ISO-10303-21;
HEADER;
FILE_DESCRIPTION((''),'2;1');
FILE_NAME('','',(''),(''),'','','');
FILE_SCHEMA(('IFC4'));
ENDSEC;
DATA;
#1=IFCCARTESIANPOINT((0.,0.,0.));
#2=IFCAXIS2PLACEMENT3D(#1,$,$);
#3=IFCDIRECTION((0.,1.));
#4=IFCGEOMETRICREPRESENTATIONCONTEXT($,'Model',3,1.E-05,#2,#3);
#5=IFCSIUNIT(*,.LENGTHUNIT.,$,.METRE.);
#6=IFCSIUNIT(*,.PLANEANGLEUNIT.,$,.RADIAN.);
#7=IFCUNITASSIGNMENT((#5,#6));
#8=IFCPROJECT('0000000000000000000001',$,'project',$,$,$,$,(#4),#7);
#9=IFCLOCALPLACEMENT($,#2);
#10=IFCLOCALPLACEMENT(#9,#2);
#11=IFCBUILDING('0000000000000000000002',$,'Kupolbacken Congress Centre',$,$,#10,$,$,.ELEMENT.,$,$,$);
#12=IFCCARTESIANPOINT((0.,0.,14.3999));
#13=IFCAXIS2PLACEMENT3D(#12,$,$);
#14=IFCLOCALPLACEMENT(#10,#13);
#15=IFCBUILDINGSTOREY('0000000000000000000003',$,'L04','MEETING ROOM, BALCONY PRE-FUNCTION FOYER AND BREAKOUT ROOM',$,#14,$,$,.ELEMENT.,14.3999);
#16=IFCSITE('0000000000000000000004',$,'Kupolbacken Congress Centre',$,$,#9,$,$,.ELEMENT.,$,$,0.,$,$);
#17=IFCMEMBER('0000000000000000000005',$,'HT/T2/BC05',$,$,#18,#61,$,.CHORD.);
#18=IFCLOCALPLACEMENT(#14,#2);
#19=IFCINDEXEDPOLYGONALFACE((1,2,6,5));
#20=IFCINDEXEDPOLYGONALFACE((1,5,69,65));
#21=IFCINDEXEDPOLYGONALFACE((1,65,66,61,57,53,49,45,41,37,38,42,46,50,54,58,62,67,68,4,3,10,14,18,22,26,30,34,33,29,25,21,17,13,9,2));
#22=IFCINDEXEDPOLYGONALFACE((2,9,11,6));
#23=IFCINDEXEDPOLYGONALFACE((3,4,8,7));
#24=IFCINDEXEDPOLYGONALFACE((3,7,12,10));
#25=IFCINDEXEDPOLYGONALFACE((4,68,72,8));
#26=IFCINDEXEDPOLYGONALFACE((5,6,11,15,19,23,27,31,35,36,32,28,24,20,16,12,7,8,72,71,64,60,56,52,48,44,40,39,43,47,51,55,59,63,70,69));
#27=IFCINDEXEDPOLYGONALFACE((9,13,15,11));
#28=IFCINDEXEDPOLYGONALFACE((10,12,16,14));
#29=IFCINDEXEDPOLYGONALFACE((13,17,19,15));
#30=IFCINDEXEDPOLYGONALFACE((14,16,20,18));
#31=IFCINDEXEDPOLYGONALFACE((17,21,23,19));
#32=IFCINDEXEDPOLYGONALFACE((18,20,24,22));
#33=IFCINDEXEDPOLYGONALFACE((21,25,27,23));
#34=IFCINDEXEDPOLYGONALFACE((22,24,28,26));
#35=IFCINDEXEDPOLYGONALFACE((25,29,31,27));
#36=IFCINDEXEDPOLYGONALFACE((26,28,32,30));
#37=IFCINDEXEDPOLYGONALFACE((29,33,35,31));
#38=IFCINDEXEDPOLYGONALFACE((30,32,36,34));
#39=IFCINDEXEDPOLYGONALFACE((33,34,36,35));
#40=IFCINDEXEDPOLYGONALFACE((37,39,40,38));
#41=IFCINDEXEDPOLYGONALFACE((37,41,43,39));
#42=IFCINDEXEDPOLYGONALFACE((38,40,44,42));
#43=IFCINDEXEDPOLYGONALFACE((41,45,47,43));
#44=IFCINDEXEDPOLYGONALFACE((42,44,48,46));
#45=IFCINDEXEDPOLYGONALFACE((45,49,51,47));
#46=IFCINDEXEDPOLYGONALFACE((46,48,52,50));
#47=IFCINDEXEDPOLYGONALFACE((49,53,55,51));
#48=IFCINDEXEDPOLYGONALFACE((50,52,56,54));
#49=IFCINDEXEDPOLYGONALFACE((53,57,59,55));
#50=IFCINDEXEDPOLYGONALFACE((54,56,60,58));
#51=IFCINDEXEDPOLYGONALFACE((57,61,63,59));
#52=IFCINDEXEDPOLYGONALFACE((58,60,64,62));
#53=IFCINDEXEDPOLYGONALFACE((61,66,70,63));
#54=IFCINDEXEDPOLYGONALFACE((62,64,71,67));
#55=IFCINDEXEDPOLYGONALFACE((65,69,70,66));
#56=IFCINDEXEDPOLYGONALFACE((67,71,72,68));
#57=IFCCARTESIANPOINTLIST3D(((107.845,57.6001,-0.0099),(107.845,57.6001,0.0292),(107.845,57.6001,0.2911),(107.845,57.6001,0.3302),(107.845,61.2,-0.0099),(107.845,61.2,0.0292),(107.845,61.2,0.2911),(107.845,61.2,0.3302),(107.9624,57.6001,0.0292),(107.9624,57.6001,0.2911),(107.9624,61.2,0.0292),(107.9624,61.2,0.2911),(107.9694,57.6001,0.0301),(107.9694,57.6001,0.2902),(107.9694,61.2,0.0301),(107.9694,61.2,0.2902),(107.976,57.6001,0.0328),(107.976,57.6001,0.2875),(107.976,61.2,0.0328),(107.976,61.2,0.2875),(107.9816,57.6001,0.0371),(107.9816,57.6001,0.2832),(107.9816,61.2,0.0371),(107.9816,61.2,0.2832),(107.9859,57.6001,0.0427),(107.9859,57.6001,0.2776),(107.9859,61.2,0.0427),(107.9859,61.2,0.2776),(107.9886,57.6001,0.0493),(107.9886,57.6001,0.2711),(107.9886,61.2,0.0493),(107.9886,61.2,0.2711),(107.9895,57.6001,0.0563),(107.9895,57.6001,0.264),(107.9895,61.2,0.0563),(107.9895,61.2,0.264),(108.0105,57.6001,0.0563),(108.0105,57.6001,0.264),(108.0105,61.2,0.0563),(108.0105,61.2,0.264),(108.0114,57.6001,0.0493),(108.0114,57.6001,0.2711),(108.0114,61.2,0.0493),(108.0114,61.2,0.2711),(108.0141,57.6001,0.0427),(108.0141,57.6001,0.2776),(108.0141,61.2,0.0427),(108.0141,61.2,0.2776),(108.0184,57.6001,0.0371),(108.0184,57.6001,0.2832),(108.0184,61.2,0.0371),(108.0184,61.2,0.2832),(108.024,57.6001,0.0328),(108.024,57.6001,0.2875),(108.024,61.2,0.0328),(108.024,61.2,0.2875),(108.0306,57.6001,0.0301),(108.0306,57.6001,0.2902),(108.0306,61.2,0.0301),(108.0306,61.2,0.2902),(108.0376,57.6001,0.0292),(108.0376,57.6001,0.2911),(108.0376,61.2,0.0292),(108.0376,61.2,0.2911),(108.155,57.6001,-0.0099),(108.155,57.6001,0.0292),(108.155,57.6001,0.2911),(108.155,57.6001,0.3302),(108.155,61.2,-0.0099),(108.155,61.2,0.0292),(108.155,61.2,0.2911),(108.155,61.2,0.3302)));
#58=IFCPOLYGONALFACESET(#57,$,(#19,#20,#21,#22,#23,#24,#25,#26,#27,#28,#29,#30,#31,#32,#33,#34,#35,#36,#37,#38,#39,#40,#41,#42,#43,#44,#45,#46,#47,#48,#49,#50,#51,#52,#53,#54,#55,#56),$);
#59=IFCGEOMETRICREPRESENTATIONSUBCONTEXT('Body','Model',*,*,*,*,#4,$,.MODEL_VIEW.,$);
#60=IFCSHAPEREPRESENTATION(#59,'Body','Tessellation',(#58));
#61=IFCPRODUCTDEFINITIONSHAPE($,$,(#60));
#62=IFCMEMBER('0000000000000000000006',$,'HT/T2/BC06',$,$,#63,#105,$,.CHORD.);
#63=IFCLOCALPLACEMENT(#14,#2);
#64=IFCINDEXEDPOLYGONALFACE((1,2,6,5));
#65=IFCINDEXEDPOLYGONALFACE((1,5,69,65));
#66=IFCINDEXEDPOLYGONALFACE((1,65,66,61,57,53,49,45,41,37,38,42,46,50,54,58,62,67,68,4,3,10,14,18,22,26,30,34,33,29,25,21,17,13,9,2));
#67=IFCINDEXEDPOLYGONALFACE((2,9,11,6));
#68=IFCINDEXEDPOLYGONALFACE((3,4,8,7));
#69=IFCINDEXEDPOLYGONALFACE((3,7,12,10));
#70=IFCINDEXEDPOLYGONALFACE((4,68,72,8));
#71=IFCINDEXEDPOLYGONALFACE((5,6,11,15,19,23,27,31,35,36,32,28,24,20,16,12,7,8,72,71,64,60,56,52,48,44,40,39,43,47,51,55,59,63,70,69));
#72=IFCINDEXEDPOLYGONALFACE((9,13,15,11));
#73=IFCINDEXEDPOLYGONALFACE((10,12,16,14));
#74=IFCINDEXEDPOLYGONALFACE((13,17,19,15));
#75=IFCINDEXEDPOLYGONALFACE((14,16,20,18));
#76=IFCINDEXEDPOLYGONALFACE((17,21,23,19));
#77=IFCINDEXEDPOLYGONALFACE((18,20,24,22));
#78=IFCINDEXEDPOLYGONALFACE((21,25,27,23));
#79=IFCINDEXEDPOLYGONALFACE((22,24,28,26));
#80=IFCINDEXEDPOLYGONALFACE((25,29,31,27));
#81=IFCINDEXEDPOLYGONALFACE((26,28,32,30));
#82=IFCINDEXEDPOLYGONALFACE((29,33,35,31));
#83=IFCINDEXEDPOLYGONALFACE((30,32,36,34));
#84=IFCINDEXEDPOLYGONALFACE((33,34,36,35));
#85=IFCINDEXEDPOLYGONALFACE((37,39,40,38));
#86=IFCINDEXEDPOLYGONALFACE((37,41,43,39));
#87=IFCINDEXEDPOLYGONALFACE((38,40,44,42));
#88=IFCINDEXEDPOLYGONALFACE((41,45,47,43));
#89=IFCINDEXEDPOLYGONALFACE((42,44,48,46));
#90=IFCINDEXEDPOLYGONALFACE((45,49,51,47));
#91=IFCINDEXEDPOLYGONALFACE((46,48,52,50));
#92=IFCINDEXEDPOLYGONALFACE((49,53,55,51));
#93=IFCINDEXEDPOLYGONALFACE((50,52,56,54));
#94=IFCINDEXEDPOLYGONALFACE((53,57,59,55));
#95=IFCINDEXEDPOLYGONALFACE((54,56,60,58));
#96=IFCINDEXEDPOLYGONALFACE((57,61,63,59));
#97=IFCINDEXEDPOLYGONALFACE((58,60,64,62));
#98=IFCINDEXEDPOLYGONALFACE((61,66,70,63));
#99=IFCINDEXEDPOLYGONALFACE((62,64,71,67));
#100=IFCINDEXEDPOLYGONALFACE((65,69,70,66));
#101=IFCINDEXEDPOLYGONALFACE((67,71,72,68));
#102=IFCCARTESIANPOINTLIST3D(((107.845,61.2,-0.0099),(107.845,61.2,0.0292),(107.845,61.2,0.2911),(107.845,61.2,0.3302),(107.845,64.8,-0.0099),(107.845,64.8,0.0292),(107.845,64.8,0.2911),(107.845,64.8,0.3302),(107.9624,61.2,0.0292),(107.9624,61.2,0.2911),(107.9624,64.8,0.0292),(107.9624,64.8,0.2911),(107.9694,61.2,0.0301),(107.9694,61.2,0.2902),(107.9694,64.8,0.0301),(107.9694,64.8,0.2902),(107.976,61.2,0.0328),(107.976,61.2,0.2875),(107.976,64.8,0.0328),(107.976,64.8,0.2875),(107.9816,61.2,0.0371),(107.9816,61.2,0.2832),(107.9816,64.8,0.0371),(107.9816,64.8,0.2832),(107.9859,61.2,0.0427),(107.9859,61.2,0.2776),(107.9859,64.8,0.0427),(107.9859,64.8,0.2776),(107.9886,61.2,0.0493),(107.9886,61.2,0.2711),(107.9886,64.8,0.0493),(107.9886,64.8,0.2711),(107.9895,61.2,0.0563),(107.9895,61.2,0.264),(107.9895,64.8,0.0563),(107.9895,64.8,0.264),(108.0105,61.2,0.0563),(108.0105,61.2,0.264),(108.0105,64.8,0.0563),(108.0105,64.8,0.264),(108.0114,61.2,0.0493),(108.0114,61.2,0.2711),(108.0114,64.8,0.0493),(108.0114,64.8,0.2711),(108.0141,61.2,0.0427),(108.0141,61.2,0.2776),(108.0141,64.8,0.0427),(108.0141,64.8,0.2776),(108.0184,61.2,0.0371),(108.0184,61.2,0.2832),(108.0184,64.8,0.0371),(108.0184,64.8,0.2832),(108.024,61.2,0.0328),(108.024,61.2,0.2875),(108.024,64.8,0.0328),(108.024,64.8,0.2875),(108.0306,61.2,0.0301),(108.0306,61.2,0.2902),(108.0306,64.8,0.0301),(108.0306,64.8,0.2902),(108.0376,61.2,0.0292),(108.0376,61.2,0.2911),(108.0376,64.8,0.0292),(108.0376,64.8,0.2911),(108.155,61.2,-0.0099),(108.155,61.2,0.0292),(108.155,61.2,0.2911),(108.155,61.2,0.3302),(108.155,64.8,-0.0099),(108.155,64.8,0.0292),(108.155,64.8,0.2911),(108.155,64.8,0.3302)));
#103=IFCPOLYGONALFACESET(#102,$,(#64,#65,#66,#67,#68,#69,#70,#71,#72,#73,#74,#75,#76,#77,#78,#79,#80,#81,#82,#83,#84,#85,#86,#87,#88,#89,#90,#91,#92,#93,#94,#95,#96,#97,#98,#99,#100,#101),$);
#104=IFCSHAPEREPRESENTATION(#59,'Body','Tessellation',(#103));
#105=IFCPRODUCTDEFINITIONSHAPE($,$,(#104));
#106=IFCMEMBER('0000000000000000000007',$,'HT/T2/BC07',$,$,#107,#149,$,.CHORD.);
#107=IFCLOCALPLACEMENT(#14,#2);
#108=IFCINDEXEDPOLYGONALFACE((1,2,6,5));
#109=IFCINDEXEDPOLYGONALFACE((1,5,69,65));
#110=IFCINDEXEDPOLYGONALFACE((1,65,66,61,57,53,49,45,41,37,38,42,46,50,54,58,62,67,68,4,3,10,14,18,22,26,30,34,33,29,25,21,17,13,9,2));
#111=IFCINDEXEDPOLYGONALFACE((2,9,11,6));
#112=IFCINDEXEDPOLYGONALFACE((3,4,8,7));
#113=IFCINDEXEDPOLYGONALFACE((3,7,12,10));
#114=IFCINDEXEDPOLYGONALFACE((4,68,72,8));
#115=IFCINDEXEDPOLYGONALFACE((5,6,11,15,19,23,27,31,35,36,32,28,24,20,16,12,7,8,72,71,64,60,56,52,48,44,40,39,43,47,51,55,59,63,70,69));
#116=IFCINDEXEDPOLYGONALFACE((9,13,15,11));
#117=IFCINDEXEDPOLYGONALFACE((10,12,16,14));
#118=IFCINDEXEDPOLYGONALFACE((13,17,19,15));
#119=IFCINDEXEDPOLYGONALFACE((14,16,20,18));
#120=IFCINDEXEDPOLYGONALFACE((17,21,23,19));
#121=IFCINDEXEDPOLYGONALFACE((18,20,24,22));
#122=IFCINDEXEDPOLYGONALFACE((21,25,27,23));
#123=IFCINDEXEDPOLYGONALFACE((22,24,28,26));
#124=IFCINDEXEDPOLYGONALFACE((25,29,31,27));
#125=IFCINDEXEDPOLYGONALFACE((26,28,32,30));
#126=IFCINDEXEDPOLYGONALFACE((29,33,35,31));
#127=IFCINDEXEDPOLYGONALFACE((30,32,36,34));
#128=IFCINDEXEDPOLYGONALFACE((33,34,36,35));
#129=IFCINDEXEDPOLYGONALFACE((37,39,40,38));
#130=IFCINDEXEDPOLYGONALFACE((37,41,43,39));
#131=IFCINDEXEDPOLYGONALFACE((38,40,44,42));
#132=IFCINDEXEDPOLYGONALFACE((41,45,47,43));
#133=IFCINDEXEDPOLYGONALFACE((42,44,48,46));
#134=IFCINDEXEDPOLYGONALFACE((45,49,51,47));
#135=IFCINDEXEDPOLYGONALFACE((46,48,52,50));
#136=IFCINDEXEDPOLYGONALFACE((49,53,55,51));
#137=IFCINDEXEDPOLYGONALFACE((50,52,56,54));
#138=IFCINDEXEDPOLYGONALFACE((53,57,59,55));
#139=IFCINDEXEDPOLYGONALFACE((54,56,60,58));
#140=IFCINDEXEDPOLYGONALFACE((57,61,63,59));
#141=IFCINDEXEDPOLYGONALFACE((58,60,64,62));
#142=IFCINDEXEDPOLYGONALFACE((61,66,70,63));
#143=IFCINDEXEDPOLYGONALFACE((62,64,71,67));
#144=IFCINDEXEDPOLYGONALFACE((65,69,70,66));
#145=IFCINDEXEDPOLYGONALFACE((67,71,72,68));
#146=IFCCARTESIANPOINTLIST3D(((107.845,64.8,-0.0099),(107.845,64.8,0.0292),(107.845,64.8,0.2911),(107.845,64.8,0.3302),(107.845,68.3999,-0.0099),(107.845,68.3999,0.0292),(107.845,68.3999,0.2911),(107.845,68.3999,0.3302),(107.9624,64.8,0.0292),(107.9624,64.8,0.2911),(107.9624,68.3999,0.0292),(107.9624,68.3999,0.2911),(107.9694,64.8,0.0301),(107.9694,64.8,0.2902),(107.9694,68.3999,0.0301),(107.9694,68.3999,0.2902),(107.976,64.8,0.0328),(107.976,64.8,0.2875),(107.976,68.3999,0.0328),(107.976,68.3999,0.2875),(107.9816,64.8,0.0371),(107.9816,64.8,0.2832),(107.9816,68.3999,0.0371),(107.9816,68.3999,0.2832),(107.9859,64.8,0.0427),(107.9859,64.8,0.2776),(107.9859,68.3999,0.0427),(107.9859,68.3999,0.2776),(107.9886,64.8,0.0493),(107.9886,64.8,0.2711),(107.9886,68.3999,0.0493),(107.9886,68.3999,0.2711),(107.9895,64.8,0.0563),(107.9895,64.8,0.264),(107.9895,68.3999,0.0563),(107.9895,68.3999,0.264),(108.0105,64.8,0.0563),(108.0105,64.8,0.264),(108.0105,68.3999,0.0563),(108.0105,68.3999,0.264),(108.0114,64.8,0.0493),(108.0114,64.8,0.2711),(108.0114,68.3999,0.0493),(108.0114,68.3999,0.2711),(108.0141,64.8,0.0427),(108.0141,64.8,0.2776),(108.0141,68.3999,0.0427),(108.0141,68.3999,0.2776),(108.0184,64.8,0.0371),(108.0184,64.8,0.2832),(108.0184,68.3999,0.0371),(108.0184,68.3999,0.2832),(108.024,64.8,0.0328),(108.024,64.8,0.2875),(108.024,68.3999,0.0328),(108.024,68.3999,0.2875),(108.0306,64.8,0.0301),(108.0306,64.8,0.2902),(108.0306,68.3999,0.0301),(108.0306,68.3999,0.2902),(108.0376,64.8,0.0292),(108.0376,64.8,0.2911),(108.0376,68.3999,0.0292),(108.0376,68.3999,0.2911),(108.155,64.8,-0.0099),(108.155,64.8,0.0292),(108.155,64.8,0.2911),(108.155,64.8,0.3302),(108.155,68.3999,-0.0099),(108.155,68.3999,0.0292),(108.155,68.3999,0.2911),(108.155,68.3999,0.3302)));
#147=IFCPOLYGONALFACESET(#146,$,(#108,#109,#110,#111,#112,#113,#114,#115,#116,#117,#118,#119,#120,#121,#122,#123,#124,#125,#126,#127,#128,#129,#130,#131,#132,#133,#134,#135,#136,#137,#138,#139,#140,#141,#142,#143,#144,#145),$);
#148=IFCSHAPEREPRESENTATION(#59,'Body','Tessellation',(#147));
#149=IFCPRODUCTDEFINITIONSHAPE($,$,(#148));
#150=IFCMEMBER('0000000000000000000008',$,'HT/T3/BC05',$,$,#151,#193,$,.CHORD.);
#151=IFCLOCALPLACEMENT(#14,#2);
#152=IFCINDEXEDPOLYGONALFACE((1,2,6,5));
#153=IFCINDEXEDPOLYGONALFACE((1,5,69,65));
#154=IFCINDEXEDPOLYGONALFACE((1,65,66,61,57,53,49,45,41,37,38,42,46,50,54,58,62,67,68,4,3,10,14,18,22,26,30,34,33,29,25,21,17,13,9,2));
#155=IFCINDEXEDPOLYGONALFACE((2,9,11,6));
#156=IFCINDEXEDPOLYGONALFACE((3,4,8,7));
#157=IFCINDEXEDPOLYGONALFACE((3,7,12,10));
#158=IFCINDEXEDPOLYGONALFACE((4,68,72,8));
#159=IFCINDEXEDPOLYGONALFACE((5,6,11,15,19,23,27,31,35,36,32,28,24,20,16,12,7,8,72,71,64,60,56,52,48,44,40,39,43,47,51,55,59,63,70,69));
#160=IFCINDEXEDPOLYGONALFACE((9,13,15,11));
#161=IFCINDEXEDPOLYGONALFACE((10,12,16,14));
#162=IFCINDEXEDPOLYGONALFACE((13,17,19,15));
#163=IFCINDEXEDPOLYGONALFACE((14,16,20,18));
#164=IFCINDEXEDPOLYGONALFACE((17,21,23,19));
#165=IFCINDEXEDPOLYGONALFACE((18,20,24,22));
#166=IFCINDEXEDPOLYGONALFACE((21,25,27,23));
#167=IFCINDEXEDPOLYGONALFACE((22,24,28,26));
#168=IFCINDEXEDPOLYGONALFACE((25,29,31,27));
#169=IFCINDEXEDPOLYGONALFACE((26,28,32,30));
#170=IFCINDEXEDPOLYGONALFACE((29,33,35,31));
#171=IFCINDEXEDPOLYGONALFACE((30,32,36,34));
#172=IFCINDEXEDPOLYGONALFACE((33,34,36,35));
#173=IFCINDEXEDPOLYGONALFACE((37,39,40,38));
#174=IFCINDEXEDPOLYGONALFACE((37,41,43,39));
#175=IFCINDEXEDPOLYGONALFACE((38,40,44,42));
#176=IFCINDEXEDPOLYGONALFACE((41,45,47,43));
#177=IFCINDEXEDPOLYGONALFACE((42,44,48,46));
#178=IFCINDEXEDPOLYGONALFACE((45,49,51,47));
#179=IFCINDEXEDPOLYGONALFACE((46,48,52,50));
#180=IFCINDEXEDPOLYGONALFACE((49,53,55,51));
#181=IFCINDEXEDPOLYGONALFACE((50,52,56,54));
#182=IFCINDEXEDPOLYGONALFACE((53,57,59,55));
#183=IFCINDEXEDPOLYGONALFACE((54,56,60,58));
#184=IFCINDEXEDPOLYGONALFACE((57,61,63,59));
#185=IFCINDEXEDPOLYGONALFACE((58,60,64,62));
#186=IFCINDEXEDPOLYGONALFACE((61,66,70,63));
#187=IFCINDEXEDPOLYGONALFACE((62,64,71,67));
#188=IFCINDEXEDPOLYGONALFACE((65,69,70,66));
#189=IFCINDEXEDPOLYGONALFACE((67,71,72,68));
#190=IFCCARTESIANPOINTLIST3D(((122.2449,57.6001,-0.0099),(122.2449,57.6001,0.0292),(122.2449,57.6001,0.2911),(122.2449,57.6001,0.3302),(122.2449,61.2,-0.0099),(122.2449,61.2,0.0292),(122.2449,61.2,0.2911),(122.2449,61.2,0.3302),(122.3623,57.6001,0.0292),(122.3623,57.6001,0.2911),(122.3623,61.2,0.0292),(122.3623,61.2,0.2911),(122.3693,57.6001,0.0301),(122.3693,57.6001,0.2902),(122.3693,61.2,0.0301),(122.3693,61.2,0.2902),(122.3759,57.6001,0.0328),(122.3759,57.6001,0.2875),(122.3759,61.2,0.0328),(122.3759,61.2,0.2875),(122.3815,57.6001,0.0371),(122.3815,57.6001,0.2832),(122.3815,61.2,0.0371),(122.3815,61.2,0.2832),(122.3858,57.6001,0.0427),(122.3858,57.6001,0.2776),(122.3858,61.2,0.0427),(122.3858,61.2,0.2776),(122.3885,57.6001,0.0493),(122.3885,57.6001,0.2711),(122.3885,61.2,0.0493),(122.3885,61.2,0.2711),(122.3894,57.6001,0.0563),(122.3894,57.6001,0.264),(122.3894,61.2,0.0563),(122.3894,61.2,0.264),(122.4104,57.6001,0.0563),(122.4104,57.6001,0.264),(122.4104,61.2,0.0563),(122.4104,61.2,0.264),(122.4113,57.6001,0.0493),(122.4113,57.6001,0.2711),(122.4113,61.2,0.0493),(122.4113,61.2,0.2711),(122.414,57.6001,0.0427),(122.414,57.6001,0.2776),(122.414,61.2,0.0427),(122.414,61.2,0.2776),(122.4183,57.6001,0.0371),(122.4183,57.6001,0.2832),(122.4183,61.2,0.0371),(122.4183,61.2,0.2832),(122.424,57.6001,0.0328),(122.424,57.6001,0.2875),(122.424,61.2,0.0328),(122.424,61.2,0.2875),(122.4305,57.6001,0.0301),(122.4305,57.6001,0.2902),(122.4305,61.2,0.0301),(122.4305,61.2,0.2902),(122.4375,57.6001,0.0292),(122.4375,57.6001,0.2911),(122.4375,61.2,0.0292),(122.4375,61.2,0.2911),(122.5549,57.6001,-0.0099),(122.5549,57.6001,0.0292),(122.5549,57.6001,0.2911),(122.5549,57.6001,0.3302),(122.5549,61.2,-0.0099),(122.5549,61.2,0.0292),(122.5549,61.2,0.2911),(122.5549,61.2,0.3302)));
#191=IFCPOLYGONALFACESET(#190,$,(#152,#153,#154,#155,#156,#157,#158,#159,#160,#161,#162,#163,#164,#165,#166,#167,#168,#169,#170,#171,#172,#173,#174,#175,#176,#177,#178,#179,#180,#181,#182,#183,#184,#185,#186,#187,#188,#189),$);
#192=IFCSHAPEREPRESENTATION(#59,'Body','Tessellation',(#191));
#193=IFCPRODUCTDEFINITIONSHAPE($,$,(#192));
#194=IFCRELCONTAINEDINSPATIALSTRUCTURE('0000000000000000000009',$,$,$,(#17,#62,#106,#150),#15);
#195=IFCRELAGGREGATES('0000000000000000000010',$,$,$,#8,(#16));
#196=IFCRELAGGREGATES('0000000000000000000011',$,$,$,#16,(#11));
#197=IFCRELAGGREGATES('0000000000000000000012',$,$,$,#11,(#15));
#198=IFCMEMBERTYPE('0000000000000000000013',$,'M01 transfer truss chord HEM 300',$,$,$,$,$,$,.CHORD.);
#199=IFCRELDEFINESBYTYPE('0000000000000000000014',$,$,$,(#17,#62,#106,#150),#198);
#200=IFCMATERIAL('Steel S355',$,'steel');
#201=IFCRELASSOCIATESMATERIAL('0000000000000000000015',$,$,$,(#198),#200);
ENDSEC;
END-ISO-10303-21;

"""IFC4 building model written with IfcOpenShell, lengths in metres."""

from ifc_helpers import new_model, si_unit, direction, frame, origin, origin_2d, place, context, subcontext, project, spatial, i_section, extrude, material, material_profile, profile_set, type_object, element, save


model = new_model("IFC4")

# Units and contexts
model_context = context("Model", 3, precision=1e-05, world=origin(), true_north=direction((0.0, 1.0)))
body_context = subcontext(model_context, "Body", "Model", "MODEL_VIEW")
ifc_project = project(units=[si_unit("LENGTHUNIT", "METRE"), si_unit("PLANEANGLEUNIT", "RADIAN")], contexts=[model_context])

# Site, building, storey
site_placement = place(None, origin())
site = spatial("IfcSite", under=ifc_project, at=site_placement, Name="Kupolbacken Congress Centre", CompositionType="ELEMENT", RefElevation=0.0)
building_placement = place(site_placement, origin())
building = spatial("IfcBuilding", under=site, at=building_placement, Name="Kupolbacken Congress Centre", CompositionType="ELEMENT")
storey_placement = place(building_placement, frame((0.0, 0.0, 14.3999)))
storey = spatial("IfcBuildingStorey", under=building, at=storey_placement, Name="L04", Description="MEETING ROOM, BALCONY PRE-FUNCTION FOYER AND BREAKOUT ROOM", CompositionType="ELEMENT", Elevation=14.3999)

# Members
ifc_material_1 = material(Name="Steel S355", Category="steel")
ifc_material_profile_1 = material_profile(ifc_material_1, i_section(OverallWidth=0.3101, OverallDepth=0.3401, WebThickness=0.021, FlangeThickness=0.0391, FilletRadius=0.0271, at=origin_2d()), Name="HEM 300")
ifc_profile_set_1 = profile_set([ifc_material_profile_1], Name="Steel S355")
member_type_1 = type_object("IfcMemberType", Name="M01 transfer truss chord HEM 300", PredefinedType="CHORD", material=ifc_profile_set_1)
member_1_placement = place(storey_placement, frame((108.0, 57.6001, 0.1602), z_axis=(0.0, 1.0, 0.0), x_axis=(-1.0, 0.0, 0.0)))
element("IfcMember", 1, at=member_1_placement, inside=storey, type_object=member_type_1, Name="HT/T2/BC05", PredefinedType="CHORD", context=body_context, shape_type="SweptSolid", body=[
    extrude(i_section(OverallWidth=0.3101, OverallDepth=0.3401, WebThickness=0.021, FlangeThickness=0.0391, FilletRadius=0.0271, at=origin_2d()), origin(), (0.0, 0.0, 1.0), 3.5999),
])
member_2_placement = place(storey_placement, frame((108.0, 61.2, 0.1602), z_axis=(0.0, 1.0, 0.0), x_axis=(-1.0, 0.0, 0.0)))
element("IfcMember", 2, at=member_2_placement, inside=storey, type_object=member_type_1, Name="HT/T2/BC06", PredefinedType="CHORD", context=body_context, shape_type="SweptSolid", body=[
    extrude(i_section(OverallWidth=0.3101, OverallDepth=0.3401, WebThickness=0.021, FlangeThickness=0.0391, FilletRadius=0.0271, at=origin_2d()), origin(), (0.0, 0.0, 1.0), 3.6001),
])
for number, where, z_axis, x_axis, name in (
    (3, (108.0, 64.8, 0.1602), (0.0, 1.0, 0.0), (-1.0, 0.0, 0.0), "HT/T2/BC07"),
    (4, (122.3999, 57.6001, 0.1602), (0.0, 1.0, 0.0), (-1.0, 0.0, 0.0), "HT/T3/BC05"),
):
    element("IfcMember", number, at=place(storey_placement, frame(where, z_axis=z_axis, x_axis=x_axis)), inside=storey, type_object=member_type_1, Name=name, PredefinedType="CHORD", context=body_context, shape_type="SweptSolid", body=[
        extrude(i_section(OverallWidth=0.3101, OverallDepth=0.3401, WebThickness=0.021, FlangeThickness=0.0391, FilletRadius=0.0271, at=origin_2d()), origin(), (0.0, 0.0, 1.0), 3.5999),
    ])

save(model, "model.ifc")
